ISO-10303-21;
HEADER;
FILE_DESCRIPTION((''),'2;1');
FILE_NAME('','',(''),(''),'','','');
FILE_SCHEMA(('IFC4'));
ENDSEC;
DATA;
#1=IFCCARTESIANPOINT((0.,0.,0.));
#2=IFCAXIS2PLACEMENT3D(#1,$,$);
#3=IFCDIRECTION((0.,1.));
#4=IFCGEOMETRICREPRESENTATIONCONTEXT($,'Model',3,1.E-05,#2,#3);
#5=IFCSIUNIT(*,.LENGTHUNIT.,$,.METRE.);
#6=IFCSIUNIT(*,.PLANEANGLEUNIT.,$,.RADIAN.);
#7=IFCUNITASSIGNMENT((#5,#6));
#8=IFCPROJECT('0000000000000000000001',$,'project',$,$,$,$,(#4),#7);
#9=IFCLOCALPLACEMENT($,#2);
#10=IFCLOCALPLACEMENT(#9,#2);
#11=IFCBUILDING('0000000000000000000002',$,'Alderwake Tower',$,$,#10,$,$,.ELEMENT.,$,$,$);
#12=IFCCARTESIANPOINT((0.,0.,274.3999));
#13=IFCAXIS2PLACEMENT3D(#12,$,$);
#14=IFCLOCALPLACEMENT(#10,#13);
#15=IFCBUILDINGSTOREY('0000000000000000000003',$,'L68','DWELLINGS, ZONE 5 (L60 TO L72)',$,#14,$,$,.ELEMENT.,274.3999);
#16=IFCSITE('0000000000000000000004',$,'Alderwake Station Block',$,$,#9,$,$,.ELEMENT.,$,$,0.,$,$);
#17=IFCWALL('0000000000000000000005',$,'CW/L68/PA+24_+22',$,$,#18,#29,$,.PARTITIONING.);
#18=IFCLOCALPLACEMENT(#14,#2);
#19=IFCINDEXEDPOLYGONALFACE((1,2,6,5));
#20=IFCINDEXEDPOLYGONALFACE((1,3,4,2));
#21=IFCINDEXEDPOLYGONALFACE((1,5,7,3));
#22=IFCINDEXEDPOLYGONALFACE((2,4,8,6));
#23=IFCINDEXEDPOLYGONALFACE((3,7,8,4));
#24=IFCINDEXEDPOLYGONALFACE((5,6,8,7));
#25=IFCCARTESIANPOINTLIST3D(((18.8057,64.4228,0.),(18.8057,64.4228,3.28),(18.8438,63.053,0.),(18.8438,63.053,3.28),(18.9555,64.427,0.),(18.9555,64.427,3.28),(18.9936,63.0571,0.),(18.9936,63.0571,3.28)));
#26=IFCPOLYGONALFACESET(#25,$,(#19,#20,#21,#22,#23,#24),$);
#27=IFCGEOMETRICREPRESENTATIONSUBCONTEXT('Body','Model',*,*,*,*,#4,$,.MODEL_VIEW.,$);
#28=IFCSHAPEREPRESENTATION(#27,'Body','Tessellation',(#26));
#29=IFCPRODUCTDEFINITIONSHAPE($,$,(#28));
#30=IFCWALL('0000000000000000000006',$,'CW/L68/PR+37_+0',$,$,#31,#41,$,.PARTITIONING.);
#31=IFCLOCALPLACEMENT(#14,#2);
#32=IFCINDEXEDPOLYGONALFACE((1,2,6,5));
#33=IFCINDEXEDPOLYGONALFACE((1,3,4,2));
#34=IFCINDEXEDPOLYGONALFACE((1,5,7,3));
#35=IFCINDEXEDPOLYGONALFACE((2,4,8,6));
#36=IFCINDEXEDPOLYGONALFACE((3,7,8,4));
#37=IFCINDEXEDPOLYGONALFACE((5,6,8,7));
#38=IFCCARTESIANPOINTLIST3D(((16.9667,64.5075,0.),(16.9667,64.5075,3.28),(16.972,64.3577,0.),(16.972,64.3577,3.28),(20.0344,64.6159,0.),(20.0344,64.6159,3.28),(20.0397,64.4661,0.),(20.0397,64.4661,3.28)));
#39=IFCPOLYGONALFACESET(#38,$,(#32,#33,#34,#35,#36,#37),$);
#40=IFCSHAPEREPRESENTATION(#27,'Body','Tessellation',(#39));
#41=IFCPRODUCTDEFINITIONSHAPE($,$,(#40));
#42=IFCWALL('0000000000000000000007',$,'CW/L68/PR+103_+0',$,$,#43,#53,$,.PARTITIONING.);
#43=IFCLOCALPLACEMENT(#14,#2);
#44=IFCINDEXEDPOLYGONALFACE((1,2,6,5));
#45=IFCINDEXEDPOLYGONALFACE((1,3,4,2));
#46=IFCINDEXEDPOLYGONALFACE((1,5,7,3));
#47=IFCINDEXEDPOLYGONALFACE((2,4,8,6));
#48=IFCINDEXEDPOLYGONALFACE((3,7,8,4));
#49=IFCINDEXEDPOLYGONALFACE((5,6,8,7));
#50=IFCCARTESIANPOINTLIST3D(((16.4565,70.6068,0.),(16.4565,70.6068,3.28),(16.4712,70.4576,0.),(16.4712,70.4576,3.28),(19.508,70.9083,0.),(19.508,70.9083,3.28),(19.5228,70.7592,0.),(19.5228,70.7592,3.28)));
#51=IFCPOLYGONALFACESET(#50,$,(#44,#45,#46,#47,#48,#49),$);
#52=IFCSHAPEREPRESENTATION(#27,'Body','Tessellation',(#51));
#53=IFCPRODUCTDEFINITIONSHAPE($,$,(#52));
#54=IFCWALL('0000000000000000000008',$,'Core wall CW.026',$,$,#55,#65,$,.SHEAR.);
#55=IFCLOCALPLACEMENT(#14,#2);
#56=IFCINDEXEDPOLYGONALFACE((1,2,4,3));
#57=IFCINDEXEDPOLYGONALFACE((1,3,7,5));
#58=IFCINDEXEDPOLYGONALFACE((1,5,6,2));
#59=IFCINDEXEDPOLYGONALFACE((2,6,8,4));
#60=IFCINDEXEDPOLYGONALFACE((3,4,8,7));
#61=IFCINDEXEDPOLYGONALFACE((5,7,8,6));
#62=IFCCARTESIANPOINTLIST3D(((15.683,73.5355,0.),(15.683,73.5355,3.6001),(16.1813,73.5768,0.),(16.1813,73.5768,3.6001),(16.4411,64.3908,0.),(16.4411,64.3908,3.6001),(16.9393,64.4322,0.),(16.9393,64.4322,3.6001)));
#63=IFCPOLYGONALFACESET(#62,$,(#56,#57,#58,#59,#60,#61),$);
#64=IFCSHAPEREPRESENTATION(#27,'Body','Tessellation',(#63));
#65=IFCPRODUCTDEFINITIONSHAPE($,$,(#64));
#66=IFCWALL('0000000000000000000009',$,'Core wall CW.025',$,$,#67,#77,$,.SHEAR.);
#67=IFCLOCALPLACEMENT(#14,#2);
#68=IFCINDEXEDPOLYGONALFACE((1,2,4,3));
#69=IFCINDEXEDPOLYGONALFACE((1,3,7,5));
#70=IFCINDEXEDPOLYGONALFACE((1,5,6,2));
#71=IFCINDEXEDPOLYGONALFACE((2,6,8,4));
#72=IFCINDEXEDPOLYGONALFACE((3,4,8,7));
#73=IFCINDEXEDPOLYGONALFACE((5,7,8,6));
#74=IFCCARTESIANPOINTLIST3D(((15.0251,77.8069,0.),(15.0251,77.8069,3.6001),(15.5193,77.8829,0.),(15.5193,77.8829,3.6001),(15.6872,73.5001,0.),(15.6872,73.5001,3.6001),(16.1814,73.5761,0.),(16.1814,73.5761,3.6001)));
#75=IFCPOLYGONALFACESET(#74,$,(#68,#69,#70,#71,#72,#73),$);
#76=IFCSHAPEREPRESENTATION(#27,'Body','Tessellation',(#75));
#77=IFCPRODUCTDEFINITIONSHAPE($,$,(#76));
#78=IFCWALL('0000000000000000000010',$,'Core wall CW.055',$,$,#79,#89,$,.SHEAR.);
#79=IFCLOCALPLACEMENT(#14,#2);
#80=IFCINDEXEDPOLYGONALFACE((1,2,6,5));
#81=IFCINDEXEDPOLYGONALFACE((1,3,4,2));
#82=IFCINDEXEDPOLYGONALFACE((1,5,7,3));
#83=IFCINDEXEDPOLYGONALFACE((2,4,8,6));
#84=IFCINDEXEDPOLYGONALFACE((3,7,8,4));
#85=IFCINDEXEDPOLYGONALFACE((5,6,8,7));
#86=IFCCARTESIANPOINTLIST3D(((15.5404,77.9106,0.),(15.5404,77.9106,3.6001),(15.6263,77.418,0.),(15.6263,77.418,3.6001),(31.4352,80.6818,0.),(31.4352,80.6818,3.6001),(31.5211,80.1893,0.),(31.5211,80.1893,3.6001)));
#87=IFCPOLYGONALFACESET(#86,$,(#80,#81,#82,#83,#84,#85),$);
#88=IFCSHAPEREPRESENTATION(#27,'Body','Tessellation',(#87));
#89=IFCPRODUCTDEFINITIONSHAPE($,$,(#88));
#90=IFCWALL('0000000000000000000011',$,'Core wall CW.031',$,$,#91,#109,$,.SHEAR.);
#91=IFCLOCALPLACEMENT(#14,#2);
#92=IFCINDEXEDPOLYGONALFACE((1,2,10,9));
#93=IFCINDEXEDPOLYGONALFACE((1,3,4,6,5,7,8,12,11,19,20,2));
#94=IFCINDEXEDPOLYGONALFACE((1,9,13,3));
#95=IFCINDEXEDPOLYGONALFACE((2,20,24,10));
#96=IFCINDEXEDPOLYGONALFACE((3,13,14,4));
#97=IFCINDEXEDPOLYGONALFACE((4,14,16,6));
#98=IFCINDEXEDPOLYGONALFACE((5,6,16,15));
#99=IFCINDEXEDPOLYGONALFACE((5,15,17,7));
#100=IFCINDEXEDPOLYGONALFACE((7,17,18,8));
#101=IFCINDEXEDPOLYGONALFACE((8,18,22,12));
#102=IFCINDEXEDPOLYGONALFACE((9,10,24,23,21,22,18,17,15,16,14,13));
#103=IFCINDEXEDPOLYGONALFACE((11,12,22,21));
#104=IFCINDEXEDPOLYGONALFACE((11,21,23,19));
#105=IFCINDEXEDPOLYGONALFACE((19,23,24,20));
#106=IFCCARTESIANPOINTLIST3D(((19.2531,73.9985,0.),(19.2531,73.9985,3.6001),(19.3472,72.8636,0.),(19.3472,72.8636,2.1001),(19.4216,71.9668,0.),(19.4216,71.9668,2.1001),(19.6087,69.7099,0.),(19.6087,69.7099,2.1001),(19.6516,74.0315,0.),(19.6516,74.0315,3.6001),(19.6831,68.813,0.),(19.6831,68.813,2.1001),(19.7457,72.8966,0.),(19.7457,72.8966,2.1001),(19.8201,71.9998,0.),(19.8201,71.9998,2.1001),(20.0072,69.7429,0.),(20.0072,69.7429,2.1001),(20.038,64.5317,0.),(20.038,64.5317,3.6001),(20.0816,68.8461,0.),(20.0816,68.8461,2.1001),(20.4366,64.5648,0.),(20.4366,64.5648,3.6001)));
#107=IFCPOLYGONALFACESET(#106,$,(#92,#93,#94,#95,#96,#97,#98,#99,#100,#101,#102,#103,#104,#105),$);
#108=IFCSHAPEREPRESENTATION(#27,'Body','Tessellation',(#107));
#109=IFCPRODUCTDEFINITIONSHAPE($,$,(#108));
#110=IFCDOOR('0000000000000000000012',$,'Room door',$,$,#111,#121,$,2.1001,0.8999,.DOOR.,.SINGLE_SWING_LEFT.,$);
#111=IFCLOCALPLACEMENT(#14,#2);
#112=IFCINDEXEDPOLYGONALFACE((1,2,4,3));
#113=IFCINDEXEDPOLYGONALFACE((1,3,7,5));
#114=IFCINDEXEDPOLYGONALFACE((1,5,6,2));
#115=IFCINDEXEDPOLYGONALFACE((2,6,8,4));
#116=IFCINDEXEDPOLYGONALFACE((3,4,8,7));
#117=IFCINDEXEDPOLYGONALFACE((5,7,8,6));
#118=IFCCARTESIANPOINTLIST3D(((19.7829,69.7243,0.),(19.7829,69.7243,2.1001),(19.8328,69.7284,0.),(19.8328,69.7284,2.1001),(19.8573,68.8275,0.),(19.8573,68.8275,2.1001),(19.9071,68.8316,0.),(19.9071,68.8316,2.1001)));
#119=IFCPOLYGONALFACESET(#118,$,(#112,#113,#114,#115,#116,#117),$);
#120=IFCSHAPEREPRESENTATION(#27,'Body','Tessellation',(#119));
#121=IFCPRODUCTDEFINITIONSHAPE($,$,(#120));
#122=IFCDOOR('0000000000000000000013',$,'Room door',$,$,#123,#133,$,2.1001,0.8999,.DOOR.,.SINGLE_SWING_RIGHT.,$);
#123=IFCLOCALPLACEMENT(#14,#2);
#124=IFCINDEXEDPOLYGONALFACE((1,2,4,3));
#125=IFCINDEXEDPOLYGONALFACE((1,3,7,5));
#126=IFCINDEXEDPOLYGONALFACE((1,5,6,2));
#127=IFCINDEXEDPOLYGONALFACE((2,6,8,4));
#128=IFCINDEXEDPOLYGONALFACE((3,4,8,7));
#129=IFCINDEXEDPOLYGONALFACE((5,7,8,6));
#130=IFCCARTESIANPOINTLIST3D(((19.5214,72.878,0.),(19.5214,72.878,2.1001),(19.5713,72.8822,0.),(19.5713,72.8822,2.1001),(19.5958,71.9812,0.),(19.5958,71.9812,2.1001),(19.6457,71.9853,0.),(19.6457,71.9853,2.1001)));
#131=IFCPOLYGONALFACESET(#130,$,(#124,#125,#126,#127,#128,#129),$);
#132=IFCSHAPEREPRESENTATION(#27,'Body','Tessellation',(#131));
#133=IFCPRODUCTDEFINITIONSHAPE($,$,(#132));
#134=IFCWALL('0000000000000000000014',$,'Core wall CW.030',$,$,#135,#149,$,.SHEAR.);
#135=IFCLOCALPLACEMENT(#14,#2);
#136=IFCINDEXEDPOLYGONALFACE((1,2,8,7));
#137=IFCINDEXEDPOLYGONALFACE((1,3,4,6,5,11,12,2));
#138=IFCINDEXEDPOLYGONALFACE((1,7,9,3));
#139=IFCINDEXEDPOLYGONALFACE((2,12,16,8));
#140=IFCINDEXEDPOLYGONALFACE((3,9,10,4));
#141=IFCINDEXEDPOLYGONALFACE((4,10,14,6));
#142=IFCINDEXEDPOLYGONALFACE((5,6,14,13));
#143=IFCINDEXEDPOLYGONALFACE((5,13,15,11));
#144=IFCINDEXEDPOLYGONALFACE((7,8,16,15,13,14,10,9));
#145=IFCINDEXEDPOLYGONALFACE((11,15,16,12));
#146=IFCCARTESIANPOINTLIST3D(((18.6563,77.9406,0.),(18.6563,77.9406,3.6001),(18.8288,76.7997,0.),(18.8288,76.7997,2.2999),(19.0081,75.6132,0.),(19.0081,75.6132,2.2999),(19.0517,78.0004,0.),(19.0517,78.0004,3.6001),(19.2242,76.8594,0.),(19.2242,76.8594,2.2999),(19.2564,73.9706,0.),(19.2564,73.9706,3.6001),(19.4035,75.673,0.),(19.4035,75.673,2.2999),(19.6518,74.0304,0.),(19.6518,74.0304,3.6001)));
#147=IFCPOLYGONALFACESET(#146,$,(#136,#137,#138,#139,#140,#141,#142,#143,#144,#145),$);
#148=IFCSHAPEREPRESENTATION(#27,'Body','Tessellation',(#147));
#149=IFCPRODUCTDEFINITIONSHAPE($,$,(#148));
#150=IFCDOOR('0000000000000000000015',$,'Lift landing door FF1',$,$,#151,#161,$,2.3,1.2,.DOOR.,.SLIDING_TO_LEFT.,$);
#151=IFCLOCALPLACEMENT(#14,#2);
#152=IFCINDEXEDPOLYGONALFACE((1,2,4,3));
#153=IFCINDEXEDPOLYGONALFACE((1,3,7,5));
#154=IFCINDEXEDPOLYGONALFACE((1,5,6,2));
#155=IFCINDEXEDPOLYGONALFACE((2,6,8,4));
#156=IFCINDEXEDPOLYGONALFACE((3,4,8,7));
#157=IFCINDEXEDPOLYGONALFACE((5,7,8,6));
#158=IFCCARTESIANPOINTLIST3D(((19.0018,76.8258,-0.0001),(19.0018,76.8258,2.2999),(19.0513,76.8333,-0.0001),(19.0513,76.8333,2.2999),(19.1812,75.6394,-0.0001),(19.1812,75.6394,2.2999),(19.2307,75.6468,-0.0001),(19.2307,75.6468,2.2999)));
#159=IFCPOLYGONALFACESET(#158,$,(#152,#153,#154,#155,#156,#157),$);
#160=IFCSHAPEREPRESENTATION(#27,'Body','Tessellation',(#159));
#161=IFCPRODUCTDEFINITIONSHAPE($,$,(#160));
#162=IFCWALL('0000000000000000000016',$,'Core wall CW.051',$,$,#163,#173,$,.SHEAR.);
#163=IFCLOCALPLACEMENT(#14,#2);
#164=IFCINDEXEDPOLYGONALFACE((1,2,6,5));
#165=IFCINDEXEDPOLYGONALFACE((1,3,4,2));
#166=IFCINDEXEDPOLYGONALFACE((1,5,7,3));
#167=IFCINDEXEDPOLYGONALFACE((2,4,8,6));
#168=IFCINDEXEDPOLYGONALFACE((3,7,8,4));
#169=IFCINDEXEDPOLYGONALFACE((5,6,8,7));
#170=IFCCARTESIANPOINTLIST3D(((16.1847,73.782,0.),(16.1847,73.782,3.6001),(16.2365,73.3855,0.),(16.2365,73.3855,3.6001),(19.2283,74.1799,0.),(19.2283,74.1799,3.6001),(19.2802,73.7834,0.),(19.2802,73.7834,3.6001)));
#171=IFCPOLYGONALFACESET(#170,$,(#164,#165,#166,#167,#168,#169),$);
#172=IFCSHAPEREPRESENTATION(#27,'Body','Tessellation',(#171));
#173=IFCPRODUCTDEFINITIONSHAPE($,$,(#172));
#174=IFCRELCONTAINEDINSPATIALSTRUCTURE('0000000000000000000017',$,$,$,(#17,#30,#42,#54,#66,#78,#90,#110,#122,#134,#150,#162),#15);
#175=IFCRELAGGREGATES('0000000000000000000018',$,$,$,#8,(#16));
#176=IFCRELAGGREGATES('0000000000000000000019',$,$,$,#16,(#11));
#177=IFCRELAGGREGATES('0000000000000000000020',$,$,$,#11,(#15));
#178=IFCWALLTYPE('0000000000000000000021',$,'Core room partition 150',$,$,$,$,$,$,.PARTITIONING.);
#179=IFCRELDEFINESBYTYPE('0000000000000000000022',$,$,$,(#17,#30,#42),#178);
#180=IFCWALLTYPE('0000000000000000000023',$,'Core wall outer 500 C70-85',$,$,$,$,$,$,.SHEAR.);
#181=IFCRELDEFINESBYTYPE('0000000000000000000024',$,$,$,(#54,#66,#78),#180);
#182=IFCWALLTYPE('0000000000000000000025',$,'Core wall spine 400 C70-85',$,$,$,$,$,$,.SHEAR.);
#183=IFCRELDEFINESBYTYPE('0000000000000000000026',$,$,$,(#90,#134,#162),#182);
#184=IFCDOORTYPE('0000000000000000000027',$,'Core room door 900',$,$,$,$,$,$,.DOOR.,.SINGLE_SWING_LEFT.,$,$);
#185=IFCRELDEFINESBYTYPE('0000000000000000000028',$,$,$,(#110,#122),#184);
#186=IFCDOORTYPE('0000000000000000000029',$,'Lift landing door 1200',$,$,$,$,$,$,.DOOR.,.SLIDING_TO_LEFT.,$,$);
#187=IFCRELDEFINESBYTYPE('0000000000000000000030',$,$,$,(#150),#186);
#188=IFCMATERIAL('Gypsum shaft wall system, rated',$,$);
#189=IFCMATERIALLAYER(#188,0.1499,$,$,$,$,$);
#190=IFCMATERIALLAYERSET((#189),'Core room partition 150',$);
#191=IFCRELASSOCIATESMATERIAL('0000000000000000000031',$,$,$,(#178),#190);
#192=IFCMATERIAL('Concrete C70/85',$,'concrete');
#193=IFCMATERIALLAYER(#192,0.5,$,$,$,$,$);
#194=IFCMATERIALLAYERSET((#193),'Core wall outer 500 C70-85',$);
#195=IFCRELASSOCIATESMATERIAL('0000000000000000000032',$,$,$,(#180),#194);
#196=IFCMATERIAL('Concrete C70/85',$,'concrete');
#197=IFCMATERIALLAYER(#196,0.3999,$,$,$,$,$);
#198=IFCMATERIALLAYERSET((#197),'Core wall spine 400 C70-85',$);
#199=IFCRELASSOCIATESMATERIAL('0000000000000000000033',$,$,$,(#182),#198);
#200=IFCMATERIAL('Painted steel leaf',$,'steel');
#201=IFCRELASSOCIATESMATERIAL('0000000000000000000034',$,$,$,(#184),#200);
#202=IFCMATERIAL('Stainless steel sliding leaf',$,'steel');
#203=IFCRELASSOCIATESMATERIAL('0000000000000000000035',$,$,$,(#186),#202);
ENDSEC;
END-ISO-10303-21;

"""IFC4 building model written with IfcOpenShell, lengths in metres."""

from ifc_helpers import new_model, si_unit, direction, frame, frame_2d, origin, place, context, subcontext, project, spatial, rectangle, extrude, material, layer, layer_set, type_object, element, fill, save


model = new_model("IFC4")

# Units and contexts
model_context = context("Model", 3, precision=1e-05, world=origin(), true_north=direction((0.0, 1.0)))
body_context = subcontext(model_context, "Body", "Model", "MODEL_VIEW")
ifc_project = project(units=[si_unit("LENGTHUNIT", "METRE"), si_unit("PLANEANGLEUNIT", "RADIAN")], contexts=[model_context])

# Site, building, storey
site_placement = place(None, origin())
site = spatial("IfcSite", under=ifc_project, at=site_placement, Name="Alderwake Station Block", CompositionType="ELEMENT", RefElevation=0.0)
building_placement = place(site_placement, origin())
building = spatial("IfcBuilding", under=site, at=building_placement, Name="Alderwake Tower", CompositionType="ELEMENT")
storey_placement = place(building_placement, frame((0.0, 0.0, 274.3999)))
storey = spatial("IfcBuildingStorey", under=building, at=storey_placement, Name="L68", Description="DWELLINGS, ZONE 5 (L60 TO L72)", CompositionType="ELEMENT", Elevation=274.3999)

# Walls
ifc_material_1 = material(Name="Gypsum shaft wall system, rated")
ifc_layer_1 = layer(ifc_material_1, 0.1499)
ifc_layer_set_1 = layer_set([ifc_layer_1], Name="Core room partition 150")
wall_type_1 = type_object("IfcWallType", Name="Core room partition 150", PredefinedType="PARTITIONING", material=ifc_layer_set_1)
wall_1_placement = place(storey_placement, frame((18.9187, 63.0552, 0.0), z_axis=(0.0, 0.0, 1.0), x_axis=(-0.027792, 0.999614, 0.0)))
element("IfcWall", 1, at=wall_1_placement, inside=storey, type_object=wall_type_1, Name="CW/L68/PA+24_+22", PredefinedType="PARTITIONING", context=body_context, shape_type="SweptSolid", body=[
    extrude(rectangle(XDim=1.3704, YDim=0.1499, at=frame_2d((0.6851, 0.0))), origin(), (0.0, 0.0, 1.0), 3.28),
])
wall_2_placement = place(storey_placement, frame((16.9695, 64.4326, 0.0), z_axis=(0.0, 0.0, 1.0), x_axis=(0.999376, 0.035314, 0.0)))
element("IfcWall", 2, at=wall_2_placement, inside=storey, type_object=wall_type_1, Name="CW/L68/PR+37_+0", PredefinedType="PARTITIONING", context=body_context, shape_type="SweptSolid", body=[
    extrude(rectangle(XDim=3.0696, YDim=0.1499, at=frame_2d((1.5347, 0.0))), origin(), (0.0, 0.0, 1.0), 3.28),
])
wall_3_placement = place(storey_placement, frame((16.4639, 70.5322, 0.0), z_axis=(0.0, 0.0, 1.0), x_axis=(0.995154, 0.098329, 0.0)))
element("IfcWall", 3, at=wall_3_placement, inside=storey, type_object=wall_type_1, Name="CW/L68/PR+103_+0", PredefinedType="PARTITIONING", context=body_context, shape_type="SweptSolid", body=[
    extrude(rectangle(XDim=3.0664, YDim=0.1499, at=frame_2d((1.5332, 0.0))), origin(), (0.0, 0.0, 1.0), 3.28),
])
ifc_material_2 = material(Name="Concrete C70/85", Category="concrete")
ifc_layer_2 = layer(ifc_material_2, 0.5)
ifc_layer_set_2 = layer_set([ifc_layer_2], Name="Core wall outer 500 C70-85")
wall_type_2 = type_object("IfcWallType", Name="Core wall outer 500 C70-85", PredefinedType="SHEAR", material=ifc_layer_set_2)
wall_4_placement = place(storey_placement, frame((16.6902, 64.4116, 0.0), z_axis=(0.0, 0.0, 1.0), x_axis=(-0.082612, 0.996582, 0.0)))
element("IfcWall", 4, at=wall_4_placement, inside=storey, type_object=wall_type_2, Name="Core wall CW.026", PredefinedType="SHEAR", context=body_context, shape_type="SweptSolid", body=[
    extrude(rectangle(XDim=9.176, YDim=0.5, at=frame_2d((4.5879, 0.0))), origin(), (0.0, 0.0, 1.0), 3.6001),
])
wall_5_placement = place(storey_placement, frame((15.9343, 73.5381, 0.0), z_axis=(0.0, 0.0, 1.0), x_axis=(-0.151948, 0.988389, 0.0)))
element("IfcWall", 5, at=wall_5_placement, inside=storey, type_object=wall_type_2, Name="Core wall CW.025", PredefinedType="SHEAR", context=body_context, shape_type="SweptSolid", body=[
    extrude(rectangle(XDim=4.3574, YDim=0.5, at=frame_2d((2.1787, 0.0))), origin(), (0.0, 0.0, 1.0), 3.6001),
])
wall_6_placement = place(storey_placement, frame((15.5833, 77.6643, 0.0), z_axis=(0.0, 0.0, 1.0), x_axis=(0.985139, 0.171758, 0.0)))
element("IfcWall", 6, at=wall_6_placement, inside=storey, type_object=wall_type_2, Name="Core wall CW.055", PredefinedType="SHEAR", context=body_context, shape_type="SweptSolid", body=[
    extrude(rectangle(XDim=16.1345, YDim=0.5, at=frame_2d((8.0674, 0.0))), origin(), (0.0, 0.0, 1.0), 3.6001),
])

# Wall, openings, doors
ifc_material_3 = material(Name="Concrete C70/85", Category="concrete")
ifc_layer_3 = layer(ifc_material_3, 0.3999)
ifc_layer_set_3 = layer_set([ifc_layer_3], Name="Core wall spine 400 C70-85")
wall_type_3 = type_object("IfcWallType", Name="Core wall spine 400 C70-85", PredefinedType="SHEAR", material=ifc_layer_set_3)
wall_7_placement = place(storey_placement, frame((19.4524, 74.0149, 0.0), z_axis=(0.0, 0.0, 1.0), x_axis=(0.082629, -0.99658, 0.0)))
wall_7 = element("IfcWall", 7, at=wall_7_placement, inside=storey, type_object=wall_type_3, Name="Core wall CW.031", PredefinedType="SHEAR", context=body_context, shape_type="SweptSolid", body=[
    extrude(rectangle(XDim=9.4993, YDim=0.3999, at=frame_2d((4.7495, 0.0))), origin(), (0.0, 0.0, 1.0), 3.6001),
])
opening_1_placement = place(wall_7_placement, frame((4.3032, 0.0, 0.0)))
opening_1 = element("IfcOpeningElement", 8, at=opening_1_placement, cuts=wall_7, PredefinedType="OPENING", context=body_context, shape_type="SweptSolid", body=[
    extrude(rectangle(XDim=0.8999, YDim=2.1001, at=frame_2d((0.45, 1.05))), frame((0.0, 0.21, 0.0), z_axis=(0.0, -1.0, 0.0), x_axis=(1.0, 0.0, 0.0)), (0.0, 0.0, 1.0), 0.4199),
])
opening_2_placement = place(wall_7_placement, frame((1.1387, 0.0, 0.0)))
opening_2 = element("IfcOpeningElement", 9, at=opening_2_placement, cuts=wall_7, PredefinedType="OPENING", context=body_context, shape_type="SweptSolid", body=[
    extrude(rectangle(XDim=0.8999, YDim=2.1001, at=frame_2d((0.45, 1.05))), frame((0.0, 0.21, 0.0), z_axis=(0.0, -1.0, 0.0), x_axis=(1.0, 0.0, 0.0)), (0.0, 0.0, 1.0), 0.4199),
])
ifc_material_4 = material(Name="Painted steel leaf", Category="steel")
door_type_1 = type_object("IfcDoorType", Name="Core room door 900", OperationType="SINGLE_SWING_LEFT", PredefinedType="DOOR", material=ifc_material_4)
door_1_placement = place(opening_1_placement, origin())
door_1 = element("IfcDoor", 10, at=door_1_placement, inside=storey, type_object=door_type_1, Name="Room door", OperationType="SINGLE_SWING_LEFT", OverallHeight=2.1001, OverallWidth=0.8999, PredefinedType="DOOR", context=body_context, shape_type="SweptSolid", body=[
    extrude(rectangle(XDim=0.8999, YDim=2.1001, at=frame_2d((0.45, 1.05))), frame((0.0, 0.0249, 0.0), z_axis=(0.0, -1.0, 0.0), x_axis=(1.0, 0.0, 0.0)), (0.0, 0.0, 1.0), 0.05),
])
fill(opening_1, door_1)
door_2_placement = place(opening_2_placement, origin())
door_2 = element("IfcDoor", 11, at=door_2_placement, inside=storey, type_object=door_type_1, Name="Room door", OperationType="SINGLE_SWING_RIGHT", OverallHeight=2.1001, OverallWidth=0.8999, PredefinedType="DOOR", context=body_context, shape_type="SweptSolid", body=[
    extrude(rectangle(XDim=0.8999, YDim=2.1001, at=frame_2d((0.45, 1.05))), frame((0.0, 0.0249, 0.0), z_axis=(0.0, -1.0, 0.0), x_axis=(1.0, 0.0, 0.0)), (0.0, 0.0, 1.0), 0.05),
])
fill(opening_2, door_2)

# Wall, opening, door
wall_8_placement = place(storey_placement, frame((19.4541, 74.0005, 0.0), z_axis=(0.0, 0.0, 1.0), x_axis=(-0.149461, 0.988768, 0.0)))
wall_8 = element("IfcWall", 12, at=wall_8_placement, inside=storey, type_object=wall_type_3, Name="Core wall CW.030", PredefinedType="SHEAR", context=body_context, shape_type="SweptSolid", body=[
    extrude(rectangle(XDim=4.0151, YDim=0.3999, at=frame_2d((2.0076, 0.0))), origin(), (0.0, 0.0, 1.0), 3.6001),
])
opening_3_placement = place(wall_8_placement, frame((1.6611, 0.0, 0.0)))
opening_3 = element("IfcOpeningElement", 13, at=opening_3_placement, cuts=wall_8, PredefinedType="OPENING", context=body_context, shape_type="SweptSolid", body=[
    extrude(rectangle(XDim=1.2, YDim=2.3, at=frame_2d((0.6001, 1.1499))), frame((0.0, 0.21, 0.0), z_axis=(0.0, -1.0, 0.0), x_axis=(1.0, 0.0, 0.0)), (0.0, 0.0, 1.0), 0.4199),
])
ifc_material_5 = material(Name="Stainless steel sliding leaf", Category="steel")
door_type_2 = type_object("IfcDoorType", Name="Lift landing door 1200", OperationType="SLIDING_TO_LEFT", PredefinedType="DOOR", material=ifc_material_5)
door_3_placement = place(opening_3_placement, origin())
door_3 = element("IfcDoor", 14, at=door_3_placement, inside=storey, type_object=door_type_2, Name="Lift landing door FF1", OperationType="SLIDING_TO_LEFT", OverallHeight=2.3, OverallWidth=1.2, PredefinedType="DOOR", context=body_context, shape_type="SweptSolid", body=[
    extrude(rectangle(XDim=1.2, YDim=2.3, at=frame_2d((0.6001, 1.1499))), frame((0.0, 0.0249, 0.0), z_axis=(0.0, -1.0, 0.0), x_axis=(1.0, 0.0, 0.0)), (0.0, 0.0, 1.0), 0.05),
])
fill(opening_3, door_3)

# Wall
wall_9_placement = place(storey_placement, frame((16.2107, 73.5837, 0.0), z_axis=(0.0, 0.0, 1.0), x_axis=(0.991561, 0.129642, 0.0)))
element("IfcWall", 15, at=wall_9_placement, inside=storey, type_object=wall_type_3, Name="Core wall CW.051", PredefinedType="SHEAR", context=body_context, shape_type="SweptSolid", body=[
    extrude(rectangle(XDim=3.0696, YDim=0.3999, at=frame_2d((1.5347, 0.0))), origin(), (0.0, 0.0, 1.0), 3.6001),
])

save(model, "model.ifc")
